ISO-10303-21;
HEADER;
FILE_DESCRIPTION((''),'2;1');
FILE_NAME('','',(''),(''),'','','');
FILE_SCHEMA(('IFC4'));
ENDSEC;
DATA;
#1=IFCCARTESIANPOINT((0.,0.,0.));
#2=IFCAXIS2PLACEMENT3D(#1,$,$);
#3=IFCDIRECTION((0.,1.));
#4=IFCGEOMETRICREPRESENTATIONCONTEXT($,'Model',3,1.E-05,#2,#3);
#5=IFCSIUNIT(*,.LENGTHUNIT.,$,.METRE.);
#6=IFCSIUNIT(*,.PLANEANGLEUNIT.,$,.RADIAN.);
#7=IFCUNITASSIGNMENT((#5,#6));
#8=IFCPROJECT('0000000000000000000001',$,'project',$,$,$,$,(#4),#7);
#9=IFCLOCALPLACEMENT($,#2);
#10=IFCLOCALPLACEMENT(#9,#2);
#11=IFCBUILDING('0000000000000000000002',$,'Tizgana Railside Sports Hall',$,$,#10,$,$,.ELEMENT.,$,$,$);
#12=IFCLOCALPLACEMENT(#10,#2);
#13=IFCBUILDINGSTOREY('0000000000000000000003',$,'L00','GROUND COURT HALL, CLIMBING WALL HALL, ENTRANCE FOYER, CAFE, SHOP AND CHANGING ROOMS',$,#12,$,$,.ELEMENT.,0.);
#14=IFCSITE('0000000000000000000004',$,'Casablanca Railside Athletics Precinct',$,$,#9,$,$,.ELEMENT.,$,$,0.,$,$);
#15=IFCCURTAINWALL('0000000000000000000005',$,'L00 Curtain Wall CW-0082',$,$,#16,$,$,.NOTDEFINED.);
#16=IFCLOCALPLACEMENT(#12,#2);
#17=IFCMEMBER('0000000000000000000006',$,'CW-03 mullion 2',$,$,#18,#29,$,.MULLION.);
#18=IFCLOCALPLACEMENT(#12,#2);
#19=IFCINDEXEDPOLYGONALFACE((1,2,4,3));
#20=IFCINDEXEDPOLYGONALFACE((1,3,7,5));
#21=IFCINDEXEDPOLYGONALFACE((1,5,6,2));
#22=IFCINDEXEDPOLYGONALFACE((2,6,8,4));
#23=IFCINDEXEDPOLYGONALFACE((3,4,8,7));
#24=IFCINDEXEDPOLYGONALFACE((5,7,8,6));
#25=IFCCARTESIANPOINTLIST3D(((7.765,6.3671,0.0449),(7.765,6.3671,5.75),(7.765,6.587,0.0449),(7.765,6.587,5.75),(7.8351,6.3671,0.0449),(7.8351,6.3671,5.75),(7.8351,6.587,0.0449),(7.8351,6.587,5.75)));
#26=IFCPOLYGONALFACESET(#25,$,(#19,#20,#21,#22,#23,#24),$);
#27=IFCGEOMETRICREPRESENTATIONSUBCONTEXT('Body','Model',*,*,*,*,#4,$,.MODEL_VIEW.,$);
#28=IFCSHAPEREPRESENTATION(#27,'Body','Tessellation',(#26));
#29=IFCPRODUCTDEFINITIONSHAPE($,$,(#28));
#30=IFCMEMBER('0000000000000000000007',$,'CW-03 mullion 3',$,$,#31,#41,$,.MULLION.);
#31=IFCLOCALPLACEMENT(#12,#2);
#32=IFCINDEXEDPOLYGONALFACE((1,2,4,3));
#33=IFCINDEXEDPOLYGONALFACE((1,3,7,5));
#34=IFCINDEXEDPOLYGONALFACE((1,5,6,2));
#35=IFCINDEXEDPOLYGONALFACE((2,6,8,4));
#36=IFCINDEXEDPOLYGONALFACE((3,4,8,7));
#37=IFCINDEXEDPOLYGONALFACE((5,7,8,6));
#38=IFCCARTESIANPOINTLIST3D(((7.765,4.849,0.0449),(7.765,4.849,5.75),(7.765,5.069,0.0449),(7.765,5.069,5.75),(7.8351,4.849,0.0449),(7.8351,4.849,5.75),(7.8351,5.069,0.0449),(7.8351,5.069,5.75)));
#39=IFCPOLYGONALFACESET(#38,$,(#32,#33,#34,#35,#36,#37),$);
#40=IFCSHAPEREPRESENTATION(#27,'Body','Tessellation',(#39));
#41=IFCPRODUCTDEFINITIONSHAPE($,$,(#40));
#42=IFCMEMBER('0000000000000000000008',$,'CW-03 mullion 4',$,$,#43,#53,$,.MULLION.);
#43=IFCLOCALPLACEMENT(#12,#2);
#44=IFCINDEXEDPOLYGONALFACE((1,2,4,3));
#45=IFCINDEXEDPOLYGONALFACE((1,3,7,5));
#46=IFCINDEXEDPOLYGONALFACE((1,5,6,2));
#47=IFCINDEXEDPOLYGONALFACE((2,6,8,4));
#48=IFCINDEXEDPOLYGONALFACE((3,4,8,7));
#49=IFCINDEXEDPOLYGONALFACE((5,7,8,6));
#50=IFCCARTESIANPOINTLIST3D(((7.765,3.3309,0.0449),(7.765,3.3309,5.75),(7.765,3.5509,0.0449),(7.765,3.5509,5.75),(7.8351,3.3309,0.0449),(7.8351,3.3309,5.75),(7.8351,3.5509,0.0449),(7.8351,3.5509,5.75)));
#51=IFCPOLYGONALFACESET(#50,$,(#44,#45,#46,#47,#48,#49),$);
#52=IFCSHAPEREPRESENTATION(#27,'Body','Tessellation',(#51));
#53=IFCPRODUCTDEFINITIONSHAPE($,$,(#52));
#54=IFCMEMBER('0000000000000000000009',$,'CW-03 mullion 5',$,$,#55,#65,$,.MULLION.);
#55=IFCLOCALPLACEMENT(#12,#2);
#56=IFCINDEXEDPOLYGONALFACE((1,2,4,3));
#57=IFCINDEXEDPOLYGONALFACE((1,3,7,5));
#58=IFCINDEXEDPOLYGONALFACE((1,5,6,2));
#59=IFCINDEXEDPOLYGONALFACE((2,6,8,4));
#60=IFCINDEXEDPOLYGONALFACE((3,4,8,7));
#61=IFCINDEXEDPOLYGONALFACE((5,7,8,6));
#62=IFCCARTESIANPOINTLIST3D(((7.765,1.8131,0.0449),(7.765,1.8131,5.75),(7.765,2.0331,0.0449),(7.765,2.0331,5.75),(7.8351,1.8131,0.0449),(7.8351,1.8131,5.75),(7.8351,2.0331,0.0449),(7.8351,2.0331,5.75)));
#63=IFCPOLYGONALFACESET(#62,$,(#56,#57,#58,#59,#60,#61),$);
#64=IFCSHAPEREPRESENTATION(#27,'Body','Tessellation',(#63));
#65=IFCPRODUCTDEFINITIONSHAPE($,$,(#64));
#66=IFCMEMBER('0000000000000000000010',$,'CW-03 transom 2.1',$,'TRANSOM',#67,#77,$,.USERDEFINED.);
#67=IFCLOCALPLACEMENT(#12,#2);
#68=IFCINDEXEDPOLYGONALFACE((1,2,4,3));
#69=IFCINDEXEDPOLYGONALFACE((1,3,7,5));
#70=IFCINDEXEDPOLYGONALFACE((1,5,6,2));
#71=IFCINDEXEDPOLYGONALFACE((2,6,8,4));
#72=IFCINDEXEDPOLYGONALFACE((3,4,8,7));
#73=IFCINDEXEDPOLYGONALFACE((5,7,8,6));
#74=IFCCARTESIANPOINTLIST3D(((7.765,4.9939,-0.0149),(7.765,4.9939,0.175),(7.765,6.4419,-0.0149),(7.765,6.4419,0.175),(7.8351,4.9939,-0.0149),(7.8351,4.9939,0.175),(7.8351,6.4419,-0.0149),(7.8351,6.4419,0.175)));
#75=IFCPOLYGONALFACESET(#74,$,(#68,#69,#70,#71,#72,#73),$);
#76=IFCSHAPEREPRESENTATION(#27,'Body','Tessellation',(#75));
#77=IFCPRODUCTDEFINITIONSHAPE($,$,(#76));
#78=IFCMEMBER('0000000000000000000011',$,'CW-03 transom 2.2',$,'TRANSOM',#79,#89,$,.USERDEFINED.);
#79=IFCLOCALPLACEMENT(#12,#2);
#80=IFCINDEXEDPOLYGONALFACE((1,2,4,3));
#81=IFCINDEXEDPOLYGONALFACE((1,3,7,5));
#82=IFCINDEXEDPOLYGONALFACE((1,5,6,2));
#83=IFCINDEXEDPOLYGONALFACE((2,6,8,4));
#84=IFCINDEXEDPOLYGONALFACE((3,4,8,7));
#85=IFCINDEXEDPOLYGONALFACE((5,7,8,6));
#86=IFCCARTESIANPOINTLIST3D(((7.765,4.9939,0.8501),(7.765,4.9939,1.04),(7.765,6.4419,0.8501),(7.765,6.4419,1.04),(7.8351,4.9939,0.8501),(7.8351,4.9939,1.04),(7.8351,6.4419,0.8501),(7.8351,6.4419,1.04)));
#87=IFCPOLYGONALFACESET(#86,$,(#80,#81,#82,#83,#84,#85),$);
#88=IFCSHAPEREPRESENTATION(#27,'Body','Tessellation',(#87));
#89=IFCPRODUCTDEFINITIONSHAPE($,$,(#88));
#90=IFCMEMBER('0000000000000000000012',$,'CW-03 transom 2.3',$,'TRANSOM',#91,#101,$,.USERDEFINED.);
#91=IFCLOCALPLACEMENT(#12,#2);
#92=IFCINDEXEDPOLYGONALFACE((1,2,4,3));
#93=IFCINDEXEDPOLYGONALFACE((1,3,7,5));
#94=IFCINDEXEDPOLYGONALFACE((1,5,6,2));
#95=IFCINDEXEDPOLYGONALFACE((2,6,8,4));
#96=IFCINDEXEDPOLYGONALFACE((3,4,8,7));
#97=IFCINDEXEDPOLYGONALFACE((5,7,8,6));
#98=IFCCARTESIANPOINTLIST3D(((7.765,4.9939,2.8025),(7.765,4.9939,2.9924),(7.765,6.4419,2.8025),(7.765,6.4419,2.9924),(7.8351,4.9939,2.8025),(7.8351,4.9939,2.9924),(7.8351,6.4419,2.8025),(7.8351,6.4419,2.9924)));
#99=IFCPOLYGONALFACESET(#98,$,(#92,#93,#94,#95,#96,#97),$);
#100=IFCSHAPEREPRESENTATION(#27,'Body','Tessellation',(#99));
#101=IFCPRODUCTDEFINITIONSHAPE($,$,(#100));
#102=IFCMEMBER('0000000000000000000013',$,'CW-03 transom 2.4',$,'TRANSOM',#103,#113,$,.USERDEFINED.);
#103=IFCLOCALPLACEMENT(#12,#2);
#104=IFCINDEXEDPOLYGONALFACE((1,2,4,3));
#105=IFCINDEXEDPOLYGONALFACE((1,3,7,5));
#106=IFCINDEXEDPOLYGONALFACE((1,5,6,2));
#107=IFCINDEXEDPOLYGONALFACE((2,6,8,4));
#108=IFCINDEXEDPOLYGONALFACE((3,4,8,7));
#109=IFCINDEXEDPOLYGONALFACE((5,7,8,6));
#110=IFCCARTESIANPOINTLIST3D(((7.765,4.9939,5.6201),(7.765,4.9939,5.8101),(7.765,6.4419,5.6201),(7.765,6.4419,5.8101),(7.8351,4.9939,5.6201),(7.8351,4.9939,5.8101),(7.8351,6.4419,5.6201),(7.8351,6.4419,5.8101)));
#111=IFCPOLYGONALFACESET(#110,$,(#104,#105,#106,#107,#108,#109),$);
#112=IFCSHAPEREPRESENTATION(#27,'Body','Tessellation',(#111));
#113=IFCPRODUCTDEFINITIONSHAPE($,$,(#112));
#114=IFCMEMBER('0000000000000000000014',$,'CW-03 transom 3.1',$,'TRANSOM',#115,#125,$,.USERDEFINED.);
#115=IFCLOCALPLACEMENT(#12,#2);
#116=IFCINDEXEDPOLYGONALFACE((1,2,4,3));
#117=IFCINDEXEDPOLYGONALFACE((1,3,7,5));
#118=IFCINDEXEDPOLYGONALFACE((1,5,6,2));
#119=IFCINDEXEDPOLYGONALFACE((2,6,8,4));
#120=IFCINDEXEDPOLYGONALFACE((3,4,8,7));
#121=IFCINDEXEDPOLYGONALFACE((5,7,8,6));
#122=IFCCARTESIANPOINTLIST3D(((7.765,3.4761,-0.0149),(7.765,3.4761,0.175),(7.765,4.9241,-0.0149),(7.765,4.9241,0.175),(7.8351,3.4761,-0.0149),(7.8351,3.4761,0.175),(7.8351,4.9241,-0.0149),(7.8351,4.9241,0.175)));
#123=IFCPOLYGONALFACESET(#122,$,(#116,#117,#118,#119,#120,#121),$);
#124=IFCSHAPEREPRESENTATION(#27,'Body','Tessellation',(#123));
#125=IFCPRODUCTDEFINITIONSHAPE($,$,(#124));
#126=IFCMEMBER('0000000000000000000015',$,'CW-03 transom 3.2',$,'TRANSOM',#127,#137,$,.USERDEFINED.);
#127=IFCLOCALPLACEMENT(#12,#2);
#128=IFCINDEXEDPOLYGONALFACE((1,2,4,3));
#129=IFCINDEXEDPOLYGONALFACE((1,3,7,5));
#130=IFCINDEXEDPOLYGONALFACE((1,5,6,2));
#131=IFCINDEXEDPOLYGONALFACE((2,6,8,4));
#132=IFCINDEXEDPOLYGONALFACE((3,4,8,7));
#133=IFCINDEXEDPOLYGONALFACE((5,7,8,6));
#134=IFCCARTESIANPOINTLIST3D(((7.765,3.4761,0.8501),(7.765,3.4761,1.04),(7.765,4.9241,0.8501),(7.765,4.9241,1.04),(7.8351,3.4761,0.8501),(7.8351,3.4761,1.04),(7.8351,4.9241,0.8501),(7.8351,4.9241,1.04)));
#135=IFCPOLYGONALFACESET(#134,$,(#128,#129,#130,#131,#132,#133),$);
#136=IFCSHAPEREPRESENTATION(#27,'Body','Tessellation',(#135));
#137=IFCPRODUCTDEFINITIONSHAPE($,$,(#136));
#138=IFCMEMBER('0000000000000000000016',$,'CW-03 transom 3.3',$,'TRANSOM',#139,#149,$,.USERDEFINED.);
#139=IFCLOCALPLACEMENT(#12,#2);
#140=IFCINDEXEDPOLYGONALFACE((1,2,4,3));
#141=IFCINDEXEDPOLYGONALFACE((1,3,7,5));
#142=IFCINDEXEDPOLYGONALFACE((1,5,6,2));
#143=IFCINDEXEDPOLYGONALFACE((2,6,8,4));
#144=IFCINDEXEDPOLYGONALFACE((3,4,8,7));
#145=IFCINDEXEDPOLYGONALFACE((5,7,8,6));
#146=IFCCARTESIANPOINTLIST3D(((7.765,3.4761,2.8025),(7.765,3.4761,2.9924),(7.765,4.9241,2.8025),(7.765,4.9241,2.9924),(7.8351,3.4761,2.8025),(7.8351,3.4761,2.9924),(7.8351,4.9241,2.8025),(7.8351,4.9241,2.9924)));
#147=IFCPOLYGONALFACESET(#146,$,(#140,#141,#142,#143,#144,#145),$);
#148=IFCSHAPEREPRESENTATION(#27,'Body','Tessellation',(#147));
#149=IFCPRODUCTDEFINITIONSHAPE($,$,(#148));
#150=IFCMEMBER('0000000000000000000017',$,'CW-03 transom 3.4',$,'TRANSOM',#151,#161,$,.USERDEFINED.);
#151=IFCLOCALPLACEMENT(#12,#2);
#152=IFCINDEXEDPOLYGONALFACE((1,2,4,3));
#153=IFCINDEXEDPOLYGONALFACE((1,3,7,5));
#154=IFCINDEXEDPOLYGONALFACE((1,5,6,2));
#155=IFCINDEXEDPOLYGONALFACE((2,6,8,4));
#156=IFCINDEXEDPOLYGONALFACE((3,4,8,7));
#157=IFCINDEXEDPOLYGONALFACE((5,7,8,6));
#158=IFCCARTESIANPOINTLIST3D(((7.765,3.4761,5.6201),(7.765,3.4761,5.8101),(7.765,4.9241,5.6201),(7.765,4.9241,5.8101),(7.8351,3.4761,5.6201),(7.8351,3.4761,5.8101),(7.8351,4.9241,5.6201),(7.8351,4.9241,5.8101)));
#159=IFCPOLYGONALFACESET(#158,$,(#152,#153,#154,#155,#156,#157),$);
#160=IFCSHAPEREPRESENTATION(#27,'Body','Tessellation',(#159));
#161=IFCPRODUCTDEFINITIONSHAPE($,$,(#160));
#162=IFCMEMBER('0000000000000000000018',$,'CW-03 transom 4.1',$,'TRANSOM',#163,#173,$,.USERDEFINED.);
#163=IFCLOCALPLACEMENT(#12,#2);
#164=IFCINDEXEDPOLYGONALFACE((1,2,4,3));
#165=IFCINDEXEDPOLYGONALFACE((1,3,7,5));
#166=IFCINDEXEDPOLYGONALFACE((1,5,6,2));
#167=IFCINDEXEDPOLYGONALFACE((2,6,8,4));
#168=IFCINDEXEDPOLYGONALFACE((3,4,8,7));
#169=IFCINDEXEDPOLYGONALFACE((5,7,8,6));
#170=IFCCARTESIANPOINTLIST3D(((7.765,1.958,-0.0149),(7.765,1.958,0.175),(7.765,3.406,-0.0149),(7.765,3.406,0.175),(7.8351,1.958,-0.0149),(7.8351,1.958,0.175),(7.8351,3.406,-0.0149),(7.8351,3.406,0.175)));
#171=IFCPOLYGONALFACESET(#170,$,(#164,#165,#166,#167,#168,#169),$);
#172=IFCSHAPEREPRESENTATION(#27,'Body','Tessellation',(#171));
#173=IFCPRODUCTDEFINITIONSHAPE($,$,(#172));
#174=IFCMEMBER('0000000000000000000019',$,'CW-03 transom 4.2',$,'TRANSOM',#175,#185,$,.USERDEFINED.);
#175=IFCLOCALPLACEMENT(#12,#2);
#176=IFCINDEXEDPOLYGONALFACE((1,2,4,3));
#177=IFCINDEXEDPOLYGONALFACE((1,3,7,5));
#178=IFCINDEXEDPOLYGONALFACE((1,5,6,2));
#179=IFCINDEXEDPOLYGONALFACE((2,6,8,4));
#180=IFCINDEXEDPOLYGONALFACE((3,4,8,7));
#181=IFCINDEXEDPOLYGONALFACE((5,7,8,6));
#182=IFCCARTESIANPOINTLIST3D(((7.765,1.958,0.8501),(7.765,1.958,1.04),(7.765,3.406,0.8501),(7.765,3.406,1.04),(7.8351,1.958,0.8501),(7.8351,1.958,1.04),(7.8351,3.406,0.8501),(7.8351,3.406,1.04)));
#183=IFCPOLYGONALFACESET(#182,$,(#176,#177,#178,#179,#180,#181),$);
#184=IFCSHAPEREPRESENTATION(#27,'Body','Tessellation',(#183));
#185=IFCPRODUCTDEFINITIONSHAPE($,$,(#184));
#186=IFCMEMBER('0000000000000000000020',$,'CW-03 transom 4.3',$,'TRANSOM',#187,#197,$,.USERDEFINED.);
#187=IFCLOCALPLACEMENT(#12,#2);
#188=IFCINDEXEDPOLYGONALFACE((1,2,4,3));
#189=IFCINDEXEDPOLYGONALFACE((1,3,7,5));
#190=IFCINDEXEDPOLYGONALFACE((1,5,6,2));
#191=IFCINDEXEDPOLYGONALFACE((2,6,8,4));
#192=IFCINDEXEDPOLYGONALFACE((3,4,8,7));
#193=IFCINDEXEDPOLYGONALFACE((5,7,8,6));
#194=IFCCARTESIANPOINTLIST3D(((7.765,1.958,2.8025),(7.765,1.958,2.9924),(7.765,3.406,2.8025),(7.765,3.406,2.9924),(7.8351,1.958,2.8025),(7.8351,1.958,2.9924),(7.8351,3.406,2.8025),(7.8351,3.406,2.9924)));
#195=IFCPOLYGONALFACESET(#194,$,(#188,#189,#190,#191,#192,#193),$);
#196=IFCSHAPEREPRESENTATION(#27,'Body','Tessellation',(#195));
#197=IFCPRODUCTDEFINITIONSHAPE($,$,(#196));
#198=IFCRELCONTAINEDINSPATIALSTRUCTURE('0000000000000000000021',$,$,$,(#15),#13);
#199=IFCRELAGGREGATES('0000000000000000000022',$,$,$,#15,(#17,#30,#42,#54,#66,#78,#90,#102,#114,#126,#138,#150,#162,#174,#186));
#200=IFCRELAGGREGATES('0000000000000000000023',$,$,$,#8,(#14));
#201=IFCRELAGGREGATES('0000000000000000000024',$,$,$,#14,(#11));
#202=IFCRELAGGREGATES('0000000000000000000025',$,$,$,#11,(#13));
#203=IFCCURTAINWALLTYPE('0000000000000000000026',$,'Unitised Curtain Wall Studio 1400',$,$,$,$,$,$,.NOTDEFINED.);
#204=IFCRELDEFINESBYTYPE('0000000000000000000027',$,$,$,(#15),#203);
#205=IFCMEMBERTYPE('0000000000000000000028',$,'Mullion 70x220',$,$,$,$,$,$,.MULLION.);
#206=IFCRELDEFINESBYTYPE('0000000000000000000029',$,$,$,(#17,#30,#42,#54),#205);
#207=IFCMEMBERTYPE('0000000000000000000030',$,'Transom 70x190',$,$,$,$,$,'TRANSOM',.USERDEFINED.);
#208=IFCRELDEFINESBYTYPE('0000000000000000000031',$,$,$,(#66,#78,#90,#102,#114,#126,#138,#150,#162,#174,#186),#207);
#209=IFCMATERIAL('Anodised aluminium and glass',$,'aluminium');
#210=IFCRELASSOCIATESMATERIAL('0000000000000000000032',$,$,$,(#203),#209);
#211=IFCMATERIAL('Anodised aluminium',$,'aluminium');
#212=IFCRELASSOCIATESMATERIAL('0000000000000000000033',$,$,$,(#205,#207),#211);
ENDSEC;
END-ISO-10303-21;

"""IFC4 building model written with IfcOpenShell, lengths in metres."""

from ifc_helpers import new_model, si_unit, direction, frame, origin, origin_2d, place, context, subcontext, project, spatial, rectangle, extrude, material, material_profile, profile_set, type_object, element, aggregate, save


model = new_model("IFC4")

# Units and contexts
model_context = context("Model", 3, precision=1e-05, world=origin(), true_north=direction((0.0, 1.0)))
body_context = subcontext(model_context, "Body", "Model", "MODEL_VIEW")
ifc_project = project(units=[si_unit("LENGTHUNIT", "METRE"), si_unit("PLANEANGLEUNIT", "RADIAN")], contexts=[model_context])

# Site, building, storey
site_placement = place(None, origin())
site = spatial("IfcSite", under=ifc_project, at=site_placement, Name="Casablanca Railside Athletics Precinct", CompositionType="ELEMENT", RefElevation=0.0)
building_placement = place(site_placement, origin())
building = spatial("IfcBuilding", under=site, at=building_placement, Name="Tizgana Railside Sports Hall", CompositionType="ELEMENT")
storey_placement = place(building_placement, origin())
storey = spatial("IfcBuildingStorey", under=building, at=storey_placement, Name="L00", Description="GROUND COURT HALL, CLIMBING WALL HALL, ENTRANCE FOYER, CAFE, SHOP AND CHANGING ROOMS", CompositionType="ELEMENT", Elevation=0.0)

# Curtain wall, members
ifc_material_1 = material(Name="Anodised aluminium and glass", Category="aluminium")
curtain_wall_type = type_object("IfcCurtainWallType", Name="Unitised Curtain Wall Studio 1400", PredefinedType="NOTDEFINED", material=ifc_material_1)
curtain_wall_placement = place(storey_placement, origin())
curtain_wall = element("IfcCurtainWall", 1, at=curtain_wall_placement, inside=storey, type_object=curtain_wall_type, Name="L00 Curtain Wall CW-0082", PredefinedType="NOTDEFINED")
ifc_material_2 = material(Name="Anodised aluminium", Category="aluminium")
ifc_material_profile_1 = material_profile(ifc_material_2, rectangle(XDim=0.0701, YDim=0.22, at=origin_2d()), Name="Mullion 70x220")
ifc_profile_set_1 = profile_set([ifc_material_profile_1], Name="Anodised aluminium")
member_type_1 = type_object("IfcMemberType", Name="Mullion 70x220", PredefinedType="MULLION", material=ifc_profile_set_1)
member_1_placement = place(storey_placement, frame((7.8, 6.4771, 0.0449), z_axis=(0.0, 0.0, 1.0), x_axis=(1.0, 0.0, 0.0)))
member_1 = element("IfcMember", 2, at=member_1_placement, type_object=member_type_1, Name="CW-03 mullion 2", PredefinedType="MULLION", context=body_context, shape_type="SweptSolid", body=[
    extrude(rectangle(XDim=0.0701, YDim=0.22, at=origin_2d()), origin(), (0.0, 0.0, 1.0), 5.7051),
])
member_2_placement = place(storey_placement, frame((7.8, 4.959, 0.0449), z_axis=(0.0, 0.0, 1.0), x_axis=(1.0, 0.0, 0.0)))
member_2 = element("IfcMember", 3, at=member_2_placement, type_object=member_type_1, Name="CW-03 mullion 3", PredefinedType="MULLION", context=body_context, shape_type="SweptSolid", body=[
    extrude(rectangle(XDim=0.0701, YDim=0.22, at=origin_2d()), origin(), (0.0, 0.0, 1.0), 5.7051),
])
member_3_placement = place(storey_placement, frame((7.8, 3.4409, 0.0449), z_axis=(0.0, 0.0, 1.0), x_axis=(1.0, 0.0, 0.0)))
member_3 = element("IfcMember", 4, at=member_3_placement, type_object=member_type_1, Name="CW-03 mullion 4", PredefinedType="MULLION", context=body_context, shape_type="SweptSolid", body=[
    extrude(rectangle(XDim=0.0701, YDim=0.22, at=origin_2d()), origin(), (0.0, 0.0, 1.0), 5.7051),
])
member_4_placement = place(storey_placement, frame((7.8, 1.9231, 0.0449), z_axis=(0.0, 0.0, 1.0), x_axis=(1.0, 0.0, 0.0)))
member_4 = element("IfcMember", 5, at=member_4_placement, type_object=member_type_1, Name="CW-03 mullion 5", PredefinedType="MULLION", context=body_context, shape_type="SweptSolid", body=[
    extrude(rectangle(XDim=0.0701, YDim=0.22, at=origin_2d()), origin(), (0.0, 0.0, 1.0), 5.7051),
])
ifc_material_profile_2 = material_profile(ifc_material_2, rectangle(XDim=0.0701, YDim=0.1899, at=origin_2d()), Name="Transom 70x190")
ifc_profile_set_2 = profile_set([ifc_material_profile_2], Name="Anodised aluminium")
member_type_2 = type_object("IfcMemberType", Name="Transom 70x190", ElementType="TRANSOM", PredefinedType="USERDEFINED", material=ifc_profile_set_2)
member_5_placement = place(storey_placement, frame((7.8, 6.4419, 0.0801), z_axis=(0.0, -1.0, 0.0), x_axis=(1.0, 0.0, 0.0)))
member_5 = element("IfcMember", 6, at=member_5_placement, type_object=member_type_2, Name="CW-03 transom 2.1", ObjectType="TRANSOM", PredefinedType="USERDEFINED", context=body_context, shape_type="SweptSolid", body=[
    extrude(rectangle(XDim=0.0701, YDim=0.1899, at=origin_2d()), origin(), (0.0, 0.0, 1.0), 1.448),
])
member_6_placement = place(storey_placement, frame((7.8, 6.4419, 0.9451), z_axis=(0.0, -1.0, 0.0), x_axis=(1.0, 0.0, 0.0)))
member_6 = element("IfcMember", 7, at=member_6_placement, type_object=member_type_2, Name="CW-03 transom 2.2", ObjectType="TRANSOM", PredefinedType="USERDEFINED", context=body_context, shape_type="SweptSolid", body=[
    extrude(rectangle(XDim=0.0701, YDim=0.1899, at=origin_2d()), origin(), (0.0, 0.0, 1.0), 1.448),
])
member_7_placement = place(storey_placement, frame((7.8, 6.4419, 2.8975), z_axis=(0.0, -1.0, 0.0), x_axis=(1.0, 0.0, 0.0)))
member_7 = element("IfcMember", 8, at=member_7_placement, type_object=member_type_2, Name="CW-03 transom 2.3", ObjectType="TRANSOM", PredefinedType="USERDEFINED", context=body_context, shape_type="SweptSolid", body=[
    extrude(rectangle(XDim=0.0701, YDim=0.1899, at=origin_2d()), origin(), (0.0, 0.0, 1.0), 1.448),
])
member_8_placement = place(storey_placement, frame((7.8, 6.4419, 5.7151), z_axis=(0.0, -1.0, 0.0), x_axis=(1.0, 0.0, 0.0)))
member_8 = element("IfcMember", 9, at=member_8_placement, type_object=member_type_2, Name="CW-03 transom 2.4", ObjectType="TRANSOM", PredefinedType="USERDEFINED", context=body_context, shape_type="SweptSolid", body=[
    extrude(rectangle(XDim=0.0701, YDim=0.1899, at=origin_2d()), origin(), (0.0, 0.0, 1.0), 1.448),
])
member_9_placement = place(storey_placement, frame((7.8, 4.9241, 0.0801), z_axis=(0.0, -1.0, 0.0), x_axis=(1.0, 0.0, 0.0)))
member_9 = element("IfcMember", 10, at=member_9_placement, type_object=member_type_2, Name="CW-03 transom 3.1", ObjectType="TRANSOM", PredefinedType="USERDEFINED", context=body_context, shape_type="SweptSolid", body=[
    extrude(rectangle(XDim=0.0701, YDim=0.1899, at=origin_2d()), origin(), (0.0, 0.0, 1.0), 1.448),
])
member_10_placement = place(storey_placement, frame((7.8, 4.9241, 0.9451), z_axis=(0.0, -1.0, 0.0), x_axis=(1.0, 0.0, 0.0)))
member_10 = element("IfcMember", 11, at=member_10_placement, type_object=member_type_2, Name="CW-03 transom 3.2", ObjectType="TRANSOM", PredefinedType="USERDEFINED", context=body_context, shape_type="SweptSolid", body=[
    extrude(rectangle(XDim=0.0701, YDim=0.1899, at=origin_2d()), origin(), (0.0, 0.0, 1.0), 1.448),
])
member_11_placement = place(storey_placement, frame((7.8, 4.9241, 2.8975), z_axis=(0.0, -1.0, 0.0), x_axis=(1.0, 0.0, 0.0)))
member_11 = element("IfcMember", 12, at=member_11_placement, type_object=member_type_2, Name="CW-03 transom 3.3", ObjectType="TRANSOM", PredefinedType="USERDEFINED", context=body_context, shape_type="SweptSolid", body=[
    extrude(rectangle(XDim=0.0701, YDim=0.1899, at=origin_2d()), origin(), (0.0, 0.0, 1.0), 1.448),
])
member_12_placement = place(storey_placement, frame((7.8, 4.9241, 5.7151), z_axis=(0.0, -1.0, 0.0), x_axis=(1.0, 0.0, 0.0)))
member_12 = element("IfcMember", 13, at=member_12_placement, type_object=member_type_2, Name="CW-03 transom 3.4", ObjectType="TRANSOM", PredefinedType="USERDEFINED", context=body_context, shape_type="SweptSolid", body=[
    extrude(rectangle(XDim=0.0701, YDim=0.1899, at=origin_2d()), origin(), (0.0, 0.0, 1.0), 1.448),
])
member_13_placement = place(storey_placement, frame((7.8, 3.406, 0.0801), z_axis=(0.0, -1.0, 0.0), x_axis=(1.0, 0.0, 0.0)))
member_13 = element("IfcMember", 14, at=member_13_placement, type_object=member_type_2, Name="CW-03 transom 4.1", ObjectType="TRANSOM", PredefinedType="USERDEFINED", context=body_context, shape_type="SweptSolid", body=[
    extrude(rectangle(XDim=0.0701, YDim=0.1899, at=origin_2d()), origin(), (0.0, 0.0, 1.0), 1.448),
])
member_14_placement = place(storey_placement, frame((7.8, 3.406, 0.9451), z_axis=(0.0, -1.0, 0.0), x_axis=(1.0, 0.0, 0.0)))
member_14 = element("IfcMember", 15, at=member_14_placement, type_object=member_type_2, Name="CW-03 transom 4.2", ObjectType="TRANSOM", PredefinedType="USERDEFINED", context=body_context, shape_type="SweptSolid", body=[
    extrude(rectangle(XDim=0.0701, YDim=0.1899, at=origin_2d()), origin(), (0.0, 0.0, 1.0), 1.448),
])
member_15_placement = place(storey_placement, frame((7.8, 3.406, 2.8975), z_axis=(0.0, -1.0, 0.0), x_axis=(1.0, 0.0, 0.0)))
member_15 = element("IfcMember", 16, at=member_15_placement, type_object=member_type_2, Name="CW-03 transom 4.3", ObjectType="TRANSOM", PredefinedType="USERDEFINED", context=body_context, shape_type="SweptSolid", body=[
    extrude(rectangle(XDim=0.0701, YDim=0.1899, at=origin_2d()), origin(), (0.0, 0.0, 1.0), 1.448),
])
aggregate(curtain_wall, [member_1, member_2, member_3, member_4, member_5, member_6, member_7, member_8, member_9, member_10, member_11, member_12, member_13, member_14, member_15])

save(model, "model.ifc")
